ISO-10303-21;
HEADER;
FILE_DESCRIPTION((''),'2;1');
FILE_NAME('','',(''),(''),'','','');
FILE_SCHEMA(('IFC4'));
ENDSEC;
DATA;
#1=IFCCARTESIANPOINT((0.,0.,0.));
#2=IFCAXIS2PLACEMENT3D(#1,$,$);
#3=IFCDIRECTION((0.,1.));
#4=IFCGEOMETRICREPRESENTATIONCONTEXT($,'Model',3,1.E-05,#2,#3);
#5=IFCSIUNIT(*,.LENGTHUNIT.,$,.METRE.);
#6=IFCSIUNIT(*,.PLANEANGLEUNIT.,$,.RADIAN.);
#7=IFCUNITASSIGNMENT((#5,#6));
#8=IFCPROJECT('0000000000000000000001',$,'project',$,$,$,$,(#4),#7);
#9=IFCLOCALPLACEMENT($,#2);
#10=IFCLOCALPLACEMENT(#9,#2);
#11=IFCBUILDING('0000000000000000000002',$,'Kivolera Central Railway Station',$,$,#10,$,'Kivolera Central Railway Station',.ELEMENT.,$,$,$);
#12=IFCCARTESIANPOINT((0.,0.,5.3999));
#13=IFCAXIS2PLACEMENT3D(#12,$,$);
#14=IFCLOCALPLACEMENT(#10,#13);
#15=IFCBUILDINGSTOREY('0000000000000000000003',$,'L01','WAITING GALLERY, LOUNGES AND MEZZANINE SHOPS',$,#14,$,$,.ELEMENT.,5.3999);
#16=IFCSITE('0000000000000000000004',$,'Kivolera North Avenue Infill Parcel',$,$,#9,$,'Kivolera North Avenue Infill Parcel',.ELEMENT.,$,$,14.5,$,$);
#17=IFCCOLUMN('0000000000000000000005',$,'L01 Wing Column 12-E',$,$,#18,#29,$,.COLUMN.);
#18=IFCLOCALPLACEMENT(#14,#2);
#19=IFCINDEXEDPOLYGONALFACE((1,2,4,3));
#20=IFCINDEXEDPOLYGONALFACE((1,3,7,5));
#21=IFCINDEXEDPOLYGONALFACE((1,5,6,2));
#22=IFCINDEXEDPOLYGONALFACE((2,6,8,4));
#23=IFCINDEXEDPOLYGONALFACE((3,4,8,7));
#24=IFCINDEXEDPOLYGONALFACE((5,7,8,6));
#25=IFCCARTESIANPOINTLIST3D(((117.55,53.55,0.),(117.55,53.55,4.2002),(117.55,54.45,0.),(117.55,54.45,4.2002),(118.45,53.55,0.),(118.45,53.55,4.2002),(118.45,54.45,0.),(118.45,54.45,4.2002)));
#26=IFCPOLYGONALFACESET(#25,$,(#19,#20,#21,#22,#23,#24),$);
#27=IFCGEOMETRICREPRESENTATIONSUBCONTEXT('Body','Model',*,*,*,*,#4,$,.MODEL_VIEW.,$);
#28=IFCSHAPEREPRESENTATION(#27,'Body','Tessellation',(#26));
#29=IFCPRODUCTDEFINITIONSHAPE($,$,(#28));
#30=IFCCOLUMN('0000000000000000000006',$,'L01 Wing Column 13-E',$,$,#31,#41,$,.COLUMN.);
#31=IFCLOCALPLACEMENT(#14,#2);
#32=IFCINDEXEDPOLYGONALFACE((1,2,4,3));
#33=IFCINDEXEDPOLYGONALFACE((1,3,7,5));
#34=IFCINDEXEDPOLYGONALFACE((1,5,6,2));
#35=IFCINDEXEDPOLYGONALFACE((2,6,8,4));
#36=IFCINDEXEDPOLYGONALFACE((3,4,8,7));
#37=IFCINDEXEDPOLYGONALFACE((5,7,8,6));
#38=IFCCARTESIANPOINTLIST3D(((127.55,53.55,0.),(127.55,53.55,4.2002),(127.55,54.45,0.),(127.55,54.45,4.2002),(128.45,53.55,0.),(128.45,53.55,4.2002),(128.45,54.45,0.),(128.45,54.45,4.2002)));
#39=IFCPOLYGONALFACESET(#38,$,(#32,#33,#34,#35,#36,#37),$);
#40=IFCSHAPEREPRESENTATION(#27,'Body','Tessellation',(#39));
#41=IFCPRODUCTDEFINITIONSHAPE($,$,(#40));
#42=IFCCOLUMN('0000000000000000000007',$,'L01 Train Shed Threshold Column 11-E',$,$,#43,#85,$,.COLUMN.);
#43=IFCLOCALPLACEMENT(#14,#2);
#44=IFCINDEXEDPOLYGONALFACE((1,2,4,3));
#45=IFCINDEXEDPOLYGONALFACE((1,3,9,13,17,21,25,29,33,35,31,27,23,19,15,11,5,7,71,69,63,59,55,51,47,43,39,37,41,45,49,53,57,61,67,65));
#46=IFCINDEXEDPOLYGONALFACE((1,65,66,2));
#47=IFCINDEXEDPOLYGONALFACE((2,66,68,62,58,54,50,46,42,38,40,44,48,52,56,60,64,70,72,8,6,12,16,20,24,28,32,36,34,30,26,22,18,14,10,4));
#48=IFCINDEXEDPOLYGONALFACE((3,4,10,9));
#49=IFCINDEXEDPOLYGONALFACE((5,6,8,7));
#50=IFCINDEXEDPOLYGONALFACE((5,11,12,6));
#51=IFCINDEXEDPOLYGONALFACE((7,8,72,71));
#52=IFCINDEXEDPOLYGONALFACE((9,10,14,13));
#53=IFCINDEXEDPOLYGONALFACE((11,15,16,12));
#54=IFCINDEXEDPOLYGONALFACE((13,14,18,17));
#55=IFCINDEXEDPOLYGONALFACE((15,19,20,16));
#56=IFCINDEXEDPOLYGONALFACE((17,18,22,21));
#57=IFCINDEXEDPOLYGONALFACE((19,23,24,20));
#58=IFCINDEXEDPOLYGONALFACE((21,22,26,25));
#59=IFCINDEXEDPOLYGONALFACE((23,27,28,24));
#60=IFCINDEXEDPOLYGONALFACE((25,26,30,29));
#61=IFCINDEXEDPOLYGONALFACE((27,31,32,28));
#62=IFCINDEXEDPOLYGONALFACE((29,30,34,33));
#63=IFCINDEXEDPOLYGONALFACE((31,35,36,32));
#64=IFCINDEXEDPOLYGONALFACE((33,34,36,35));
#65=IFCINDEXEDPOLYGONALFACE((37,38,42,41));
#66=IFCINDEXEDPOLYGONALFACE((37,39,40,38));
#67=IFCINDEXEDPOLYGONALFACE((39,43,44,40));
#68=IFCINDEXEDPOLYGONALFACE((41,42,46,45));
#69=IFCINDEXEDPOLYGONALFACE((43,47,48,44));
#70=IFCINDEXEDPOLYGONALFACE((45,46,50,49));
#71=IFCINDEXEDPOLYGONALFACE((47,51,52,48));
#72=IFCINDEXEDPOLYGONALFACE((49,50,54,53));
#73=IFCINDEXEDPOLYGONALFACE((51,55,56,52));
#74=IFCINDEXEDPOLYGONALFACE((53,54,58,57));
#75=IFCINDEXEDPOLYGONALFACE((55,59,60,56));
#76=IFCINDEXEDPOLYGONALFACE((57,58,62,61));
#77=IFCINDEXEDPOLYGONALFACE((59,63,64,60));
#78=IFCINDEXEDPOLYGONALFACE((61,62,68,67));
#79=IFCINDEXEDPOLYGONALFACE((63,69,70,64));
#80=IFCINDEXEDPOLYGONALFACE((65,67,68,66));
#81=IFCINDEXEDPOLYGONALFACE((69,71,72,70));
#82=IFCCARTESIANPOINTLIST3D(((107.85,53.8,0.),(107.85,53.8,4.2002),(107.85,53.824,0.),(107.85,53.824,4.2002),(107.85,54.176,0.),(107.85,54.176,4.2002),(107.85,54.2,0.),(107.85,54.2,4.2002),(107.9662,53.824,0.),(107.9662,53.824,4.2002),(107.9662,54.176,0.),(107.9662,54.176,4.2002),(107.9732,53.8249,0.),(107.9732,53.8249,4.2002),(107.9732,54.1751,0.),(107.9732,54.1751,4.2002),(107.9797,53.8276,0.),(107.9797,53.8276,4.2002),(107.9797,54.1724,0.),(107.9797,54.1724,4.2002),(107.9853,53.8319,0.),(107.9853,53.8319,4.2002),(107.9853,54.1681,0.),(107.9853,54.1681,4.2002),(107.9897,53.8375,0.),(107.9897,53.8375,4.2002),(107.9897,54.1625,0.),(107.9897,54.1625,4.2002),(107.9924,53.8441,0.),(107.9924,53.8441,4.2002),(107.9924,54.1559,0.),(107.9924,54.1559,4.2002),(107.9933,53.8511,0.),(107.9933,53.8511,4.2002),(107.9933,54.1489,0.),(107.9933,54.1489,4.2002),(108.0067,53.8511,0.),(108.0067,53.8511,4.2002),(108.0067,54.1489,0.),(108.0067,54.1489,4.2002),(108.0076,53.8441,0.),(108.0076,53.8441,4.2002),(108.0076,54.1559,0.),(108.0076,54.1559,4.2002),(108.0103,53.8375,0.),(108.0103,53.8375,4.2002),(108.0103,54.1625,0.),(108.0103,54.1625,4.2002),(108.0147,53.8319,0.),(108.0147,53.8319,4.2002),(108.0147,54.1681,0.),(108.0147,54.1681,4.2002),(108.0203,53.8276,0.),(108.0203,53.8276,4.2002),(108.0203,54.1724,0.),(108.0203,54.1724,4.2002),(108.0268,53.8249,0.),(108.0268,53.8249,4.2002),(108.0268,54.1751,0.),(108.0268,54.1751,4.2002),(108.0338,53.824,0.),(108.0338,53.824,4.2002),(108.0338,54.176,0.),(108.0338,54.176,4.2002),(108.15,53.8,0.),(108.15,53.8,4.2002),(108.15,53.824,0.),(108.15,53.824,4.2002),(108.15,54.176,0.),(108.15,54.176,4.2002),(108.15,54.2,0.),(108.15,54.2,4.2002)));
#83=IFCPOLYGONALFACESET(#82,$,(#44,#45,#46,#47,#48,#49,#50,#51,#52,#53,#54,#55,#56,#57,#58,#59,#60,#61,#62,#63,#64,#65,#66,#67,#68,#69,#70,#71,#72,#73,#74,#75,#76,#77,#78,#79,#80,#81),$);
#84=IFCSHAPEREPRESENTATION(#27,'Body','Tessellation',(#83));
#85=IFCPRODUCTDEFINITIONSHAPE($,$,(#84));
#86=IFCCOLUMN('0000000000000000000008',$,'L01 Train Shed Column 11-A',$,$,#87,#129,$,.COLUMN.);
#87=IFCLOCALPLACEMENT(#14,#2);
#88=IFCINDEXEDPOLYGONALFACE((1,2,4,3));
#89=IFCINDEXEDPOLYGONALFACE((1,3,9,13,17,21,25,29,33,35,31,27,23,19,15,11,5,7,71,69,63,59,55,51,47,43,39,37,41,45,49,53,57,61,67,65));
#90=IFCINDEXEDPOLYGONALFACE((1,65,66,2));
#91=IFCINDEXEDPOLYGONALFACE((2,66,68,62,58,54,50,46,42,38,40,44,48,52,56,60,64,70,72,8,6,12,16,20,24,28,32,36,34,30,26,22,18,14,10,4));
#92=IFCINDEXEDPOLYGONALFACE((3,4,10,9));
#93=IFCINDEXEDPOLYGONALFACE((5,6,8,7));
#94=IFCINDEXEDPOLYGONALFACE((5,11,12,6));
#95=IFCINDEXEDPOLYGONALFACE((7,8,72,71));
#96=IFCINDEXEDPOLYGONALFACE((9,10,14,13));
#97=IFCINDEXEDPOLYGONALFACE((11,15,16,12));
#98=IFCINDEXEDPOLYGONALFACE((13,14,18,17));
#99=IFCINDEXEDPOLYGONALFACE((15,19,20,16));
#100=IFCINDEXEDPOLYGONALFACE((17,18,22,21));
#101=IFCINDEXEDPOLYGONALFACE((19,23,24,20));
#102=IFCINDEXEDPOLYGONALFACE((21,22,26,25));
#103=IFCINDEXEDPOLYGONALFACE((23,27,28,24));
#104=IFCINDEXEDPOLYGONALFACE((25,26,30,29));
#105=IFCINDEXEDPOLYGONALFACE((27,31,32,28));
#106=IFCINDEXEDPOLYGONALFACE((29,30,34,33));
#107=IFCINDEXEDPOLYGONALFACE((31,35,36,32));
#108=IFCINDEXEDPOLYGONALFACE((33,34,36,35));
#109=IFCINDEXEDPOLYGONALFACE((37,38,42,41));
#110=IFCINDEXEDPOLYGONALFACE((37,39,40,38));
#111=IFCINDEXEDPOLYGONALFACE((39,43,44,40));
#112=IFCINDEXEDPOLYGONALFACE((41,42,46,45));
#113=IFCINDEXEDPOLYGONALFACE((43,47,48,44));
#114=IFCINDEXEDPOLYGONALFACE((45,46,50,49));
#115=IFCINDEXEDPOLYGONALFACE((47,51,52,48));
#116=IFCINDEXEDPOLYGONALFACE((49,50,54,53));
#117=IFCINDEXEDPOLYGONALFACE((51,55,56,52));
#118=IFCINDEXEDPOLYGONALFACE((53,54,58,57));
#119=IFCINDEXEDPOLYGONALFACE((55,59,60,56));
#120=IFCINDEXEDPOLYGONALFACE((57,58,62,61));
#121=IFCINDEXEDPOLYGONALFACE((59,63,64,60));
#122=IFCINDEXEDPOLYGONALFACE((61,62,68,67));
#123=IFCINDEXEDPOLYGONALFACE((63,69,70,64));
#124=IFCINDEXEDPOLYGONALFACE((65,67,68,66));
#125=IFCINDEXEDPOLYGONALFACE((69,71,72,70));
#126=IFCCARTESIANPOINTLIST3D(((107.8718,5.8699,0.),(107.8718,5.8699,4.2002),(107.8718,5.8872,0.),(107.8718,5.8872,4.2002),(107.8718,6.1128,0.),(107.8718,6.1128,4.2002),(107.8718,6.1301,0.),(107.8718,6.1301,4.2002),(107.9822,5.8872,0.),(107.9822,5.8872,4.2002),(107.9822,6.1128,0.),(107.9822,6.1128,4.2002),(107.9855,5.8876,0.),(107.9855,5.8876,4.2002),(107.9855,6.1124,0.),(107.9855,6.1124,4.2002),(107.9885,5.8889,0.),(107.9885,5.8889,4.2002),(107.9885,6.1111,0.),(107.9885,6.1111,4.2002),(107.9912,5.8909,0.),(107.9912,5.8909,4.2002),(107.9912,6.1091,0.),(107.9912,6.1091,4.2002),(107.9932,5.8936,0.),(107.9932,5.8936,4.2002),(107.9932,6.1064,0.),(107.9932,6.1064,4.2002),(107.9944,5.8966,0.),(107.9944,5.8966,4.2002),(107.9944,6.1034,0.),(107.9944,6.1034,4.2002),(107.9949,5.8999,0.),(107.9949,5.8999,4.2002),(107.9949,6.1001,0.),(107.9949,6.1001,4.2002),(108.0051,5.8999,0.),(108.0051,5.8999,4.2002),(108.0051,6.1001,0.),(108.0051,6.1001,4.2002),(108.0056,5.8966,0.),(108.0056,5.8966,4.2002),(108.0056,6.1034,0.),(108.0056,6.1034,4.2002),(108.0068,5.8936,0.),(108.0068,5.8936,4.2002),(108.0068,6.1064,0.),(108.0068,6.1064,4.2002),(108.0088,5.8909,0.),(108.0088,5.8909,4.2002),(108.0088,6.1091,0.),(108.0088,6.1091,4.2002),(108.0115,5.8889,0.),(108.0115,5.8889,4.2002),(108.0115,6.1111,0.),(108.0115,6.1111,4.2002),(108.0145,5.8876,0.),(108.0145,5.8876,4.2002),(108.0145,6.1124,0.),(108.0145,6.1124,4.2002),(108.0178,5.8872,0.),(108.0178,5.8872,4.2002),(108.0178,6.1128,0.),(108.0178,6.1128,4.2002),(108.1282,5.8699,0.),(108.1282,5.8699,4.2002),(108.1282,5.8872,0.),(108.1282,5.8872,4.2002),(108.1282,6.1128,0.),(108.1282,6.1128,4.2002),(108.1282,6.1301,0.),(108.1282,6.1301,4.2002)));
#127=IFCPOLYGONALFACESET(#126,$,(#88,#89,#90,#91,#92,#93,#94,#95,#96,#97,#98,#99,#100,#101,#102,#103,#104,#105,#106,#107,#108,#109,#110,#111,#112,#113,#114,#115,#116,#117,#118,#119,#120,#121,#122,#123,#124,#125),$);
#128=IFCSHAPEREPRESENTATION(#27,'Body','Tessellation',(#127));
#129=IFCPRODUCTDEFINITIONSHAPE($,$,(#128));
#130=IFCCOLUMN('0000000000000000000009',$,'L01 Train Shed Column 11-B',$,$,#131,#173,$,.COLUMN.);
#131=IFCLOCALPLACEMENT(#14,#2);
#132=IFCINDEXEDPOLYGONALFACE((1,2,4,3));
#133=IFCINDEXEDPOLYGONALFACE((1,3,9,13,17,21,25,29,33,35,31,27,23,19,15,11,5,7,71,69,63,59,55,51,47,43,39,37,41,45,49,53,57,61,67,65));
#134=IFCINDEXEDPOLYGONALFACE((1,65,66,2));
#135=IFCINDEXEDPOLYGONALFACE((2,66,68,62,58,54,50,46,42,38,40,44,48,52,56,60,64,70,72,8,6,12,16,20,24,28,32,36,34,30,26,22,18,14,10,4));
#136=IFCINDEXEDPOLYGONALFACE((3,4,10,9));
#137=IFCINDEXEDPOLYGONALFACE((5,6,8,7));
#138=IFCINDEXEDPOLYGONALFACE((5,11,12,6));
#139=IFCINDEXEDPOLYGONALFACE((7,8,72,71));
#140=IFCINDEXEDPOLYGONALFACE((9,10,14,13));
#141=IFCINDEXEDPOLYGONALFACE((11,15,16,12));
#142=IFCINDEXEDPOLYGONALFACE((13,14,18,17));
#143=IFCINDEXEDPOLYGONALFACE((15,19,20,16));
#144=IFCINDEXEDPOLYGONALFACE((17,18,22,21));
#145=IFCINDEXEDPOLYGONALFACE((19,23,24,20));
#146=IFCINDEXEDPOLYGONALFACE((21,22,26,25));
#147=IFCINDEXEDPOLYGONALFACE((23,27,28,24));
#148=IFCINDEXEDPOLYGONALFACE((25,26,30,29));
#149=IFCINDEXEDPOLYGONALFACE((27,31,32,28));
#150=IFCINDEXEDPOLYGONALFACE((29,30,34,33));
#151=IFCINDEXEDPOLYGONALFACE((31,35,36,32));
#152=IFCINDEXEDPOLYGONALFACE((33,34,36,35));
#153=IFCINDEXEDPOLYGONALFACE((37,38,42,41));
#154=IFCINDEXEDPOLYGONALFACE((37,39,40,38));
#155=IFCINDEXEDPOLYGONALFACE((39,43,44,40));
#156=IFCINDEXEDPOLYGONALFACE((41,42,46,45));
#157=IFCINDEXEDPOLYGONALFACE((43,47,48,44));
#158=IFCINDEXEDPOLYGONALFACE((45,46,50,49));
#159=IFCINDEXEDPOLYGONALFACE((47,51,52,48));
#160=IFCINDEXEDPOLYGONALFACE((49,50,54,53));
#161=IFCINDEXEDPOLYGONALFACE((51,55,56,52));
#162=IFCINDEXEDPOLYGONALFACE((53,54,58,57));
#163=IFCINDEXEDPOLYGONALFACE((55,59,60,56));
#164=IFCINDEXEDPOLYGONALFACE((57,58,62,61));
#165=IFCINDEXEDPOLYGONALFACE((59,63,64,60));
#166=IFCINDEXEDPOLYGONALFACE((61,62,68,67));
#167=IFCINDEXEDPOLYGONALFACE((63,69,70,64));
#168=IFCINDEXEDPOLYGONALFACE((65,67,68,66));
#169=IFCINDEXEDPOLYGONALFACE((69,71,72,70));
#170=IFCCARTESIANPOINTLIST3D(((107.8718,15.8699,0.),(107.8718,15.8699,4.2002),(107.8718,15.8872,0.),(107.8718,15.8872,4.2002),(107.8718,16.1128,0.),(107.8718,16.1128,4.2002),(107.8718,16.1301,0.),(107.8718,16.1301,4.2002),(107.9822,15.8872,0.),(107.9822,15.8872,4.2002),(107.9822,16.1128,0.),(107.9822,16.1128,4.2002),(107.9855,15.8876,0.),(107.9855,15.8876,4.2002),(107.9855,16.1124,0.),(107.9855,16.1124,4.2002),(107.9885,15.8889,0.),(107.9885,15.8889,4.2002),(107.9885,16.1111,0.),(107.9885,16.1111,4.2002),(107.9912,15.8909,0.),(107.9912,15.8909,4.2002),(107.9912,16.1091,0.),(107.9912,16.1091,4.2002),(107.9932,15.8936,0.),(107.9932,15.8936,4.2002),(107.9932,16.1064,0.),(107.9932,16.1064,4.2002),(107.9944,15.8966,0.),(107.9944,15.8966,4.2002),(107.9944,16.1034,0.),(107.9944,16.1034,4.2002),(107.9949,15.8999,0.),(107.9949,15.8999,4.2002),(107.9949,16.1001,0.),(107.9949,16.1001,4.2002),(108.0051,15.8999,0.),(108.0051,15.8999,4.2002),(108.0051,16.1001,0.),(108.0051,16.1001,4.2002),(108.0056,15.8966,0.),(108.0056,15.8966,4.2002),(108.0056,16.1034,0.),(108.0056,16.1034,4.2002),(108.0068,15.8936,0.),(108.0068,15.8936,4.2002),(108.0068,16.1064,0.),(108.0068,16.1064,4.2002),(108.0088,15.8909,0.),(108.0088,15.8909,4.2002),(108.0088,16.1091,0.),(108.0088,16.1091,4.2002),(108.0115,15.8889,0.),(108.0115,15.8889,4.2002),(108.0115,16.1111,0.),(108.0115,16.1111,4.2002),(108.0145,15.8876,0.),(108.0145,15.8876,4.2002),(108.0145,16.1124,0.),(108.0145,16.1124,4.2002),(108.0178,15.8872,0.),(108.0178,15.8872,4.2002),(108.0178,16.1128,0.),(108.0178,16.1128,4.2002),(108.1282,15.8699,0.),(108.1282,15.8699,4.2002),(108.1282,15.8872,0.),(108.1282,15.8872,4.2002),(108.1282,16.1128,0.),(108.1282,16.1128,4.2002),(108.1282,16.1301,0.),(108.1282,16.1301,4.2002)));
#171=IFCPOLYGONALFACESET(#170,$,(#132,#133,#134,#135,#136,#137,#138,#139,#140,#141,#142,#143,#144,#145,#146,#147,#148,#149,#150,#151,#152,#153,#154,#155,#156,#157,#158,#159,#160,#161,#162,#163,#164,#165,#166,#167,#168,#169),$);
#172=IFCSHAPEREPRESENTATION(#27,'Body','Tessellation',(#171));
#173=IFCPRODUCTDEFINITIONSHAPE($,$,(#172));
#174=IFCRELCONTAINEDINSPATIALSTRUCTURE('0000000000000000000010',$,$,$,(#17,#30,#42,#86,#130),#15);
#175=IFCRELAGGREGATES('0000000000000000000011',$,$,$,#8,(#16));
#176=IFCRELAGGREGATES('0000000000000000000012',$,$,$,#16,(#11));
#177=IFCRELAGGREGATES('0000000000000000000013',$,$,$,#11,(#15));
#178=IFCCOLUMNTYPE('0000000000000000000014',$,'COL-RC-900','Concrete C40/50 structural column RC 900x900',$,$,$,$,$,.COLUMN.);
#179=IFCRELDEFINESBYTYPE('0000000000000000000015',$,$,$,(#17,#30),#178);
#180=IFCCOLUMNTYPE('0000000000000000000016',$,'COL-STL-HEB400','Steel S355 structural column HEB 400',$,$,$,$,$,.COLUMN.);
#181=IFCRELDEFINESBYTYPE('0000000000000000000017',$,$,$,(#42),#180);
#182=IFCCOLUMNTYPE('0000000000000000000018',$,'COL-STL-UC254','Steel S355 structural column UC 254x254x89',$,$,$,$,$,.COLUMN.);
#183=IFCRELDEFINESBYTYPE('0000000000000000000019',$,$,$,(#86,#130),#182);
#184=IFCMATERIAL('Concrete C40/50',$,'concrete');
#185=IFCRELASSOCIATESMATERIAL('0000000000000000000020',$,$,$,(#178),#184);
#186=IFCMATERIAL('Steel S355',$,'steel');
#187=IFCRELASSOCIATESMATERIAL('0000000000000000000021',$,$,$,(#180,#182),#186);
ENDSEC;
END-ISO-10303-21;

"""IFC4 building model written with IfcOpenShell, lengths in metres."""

from ifc_helpers import new_model, si_unit, direction, frame, origin, origin_2d, place, context, subcontext, project, spatial, rectangle, i_section, extrude, material, material_profile, profile_set, type_object, element, save


model = new_model("IFC4")

# Units and contexts
model_context = context("Model", 3, precision=1e-05, world=origin(), true_north=direction((0.0, 1.0)))
body_context = subcontext(model_context, "Body", "Model", "MODEL_VIEW")
ifc_project = project(units=[si_unit("LENGTHUNIT", "METRE"), si_unit("PLANEANGLEUNIT", "RADIAN")], contexts=[model_context])

# Site, building, storey
site_placement = place(None, origin())
site = spatial("IfcSite", under=ifc_project, at=site_placement, Name="Kivolera North Avenue Infill Parcel", LongName="Kivolera North Avenue Infill Parcel", CompositionType="ELEMENT", RefElevation=14.5)
building_placement = place(site_placement, origin())
building = spatial("IfcBuilding", under=site, at=building_placement, Name="Kivolera Central Railway Station", LongName="Kivolera Central Railway Station", CompositionType="ELEMENT")
storey_placement = place(building_placement, frame((0.0, 0.0, 5.3999)))
storey = spatial("IfcBuildingStorey", under=building, at=storey_placement, Name="L01", Description="WAITING GALLERY, LOUNGES AND MEZZANINE SHOPS", CompositionType="ELEMENT", Elevation=5.3999)

# Columns
ifc_material_1 = material(Name="Concrete C40/50", Category="concrete")
ifc_material_profile_1 = material_profile(ifc_material_1, rectangle(XDim=0.8999, YDim=0.8999, at=origin_2d()), Name="RC 900x900")
ifc_profile_set_1 = profile_set([ifc_material_profile_1], Name="Concrete C40/50")
column_type_1 = type_object("IfcColumnType", Name="COL-RC-900", Description="Concrete C40/50 structural column RC 900x900", PredefinedType="COLUMN", material=ifc_profile_set_1)
for number, where, z_axis, x_axis, name in (
    (1, (118.0, 54.0, 0.0), (0.0, 0.0, 1.0), (1.0, 0.0, 0.0), "L01 Wing Column 12-E"),
    (2, (128.0, 54.0, 0.0), (0.0, 0.0, 1.0), (1.0, 0.0, 0.0), "L01 Wing Column 13-E"),
):
    element("IfcColumn", number, at=place(storey_placement, frame(where, z_axis=z_axis, x_axis=x_axis)), inside=storey, type_object=column_type_1, Name=name, PredefinedType="COLUMN", context=body_context, shape_type="SweptSolid", body=[
        extrude(rectangle(XDim=0.8999, YDim=0.8999, at=origin_2d()), origin(), (0.0, 0.0, 1.0), 4.2002),
    ])
ifc_material_2 = material(Name="Steel S355", Category="steel")
ifc_material_profile_2 = material_profile(ifc_material_2, i_section(OverallWidth=0.3, OverallDepth=0.3999, WebThickness=0.0134, FlangeThickness=0.0239, FilletRadius=0.0271, at=origin_2d()), Name="HEB 400")
ifc_profile_set_2 = profile_set([ifc_material_profile_2], Name="Steel S355")
column_type_2 = type_object("IfcColumnType", Name="COL-STL-HEB400", Description="Steel S355 structural column HEB 400", PredefinedType="COLUMN", material=ifc_profile_set_2)
column_placement = place(storey_placement, frame((108.0, 54.0, 0.0), z_axis=(0.0, 0.0, 1.0), x_axis=(1.0, 0.0, 0.0)))
element("IfcColumn", 3, at=column_placement, inside=storey, type_object=column_type_2, Name="L01 Train Shed Threshold Column 11-E", PredefinedType="COLUMN", context=body_context, shape_type="SweptSolid", body=[
    extrude(i_section(OverallWidth=0.3, OverallDepth=0.3999, WebThickness=0.0134, FlangeThickness=0.0239, FilletRadius=0.0271, at=origin_2d()), origin(), (0.0, 0.0, 1.0), 4.2002),
])
ifc_material_profile_3 = material_profile(ifc_material_2, i_section(OverallWidth=0.2563, OverallDepth=0.2603, WebThickness=0.0103, FlangeThickness=0.0173, FilletRadius=0.0127, at=origin_2d()), Name="UC 254x254x89")
ifc_profile_set_3 = profile_set([ifc_material_profile_3], Name="Steel S355")
column_type_3 = type_object("IfcColumnType", Name="COL-STL-UC254", Description="Steel S355 structural column UC 254x254x89", PredefinedType="COLUMN", material=ifc_profile_set_3)
for number, where, z_axis, x_axis, name in (
    (4, (108.0, 6.0, 0.0), (0.0, 0.0, 1.0), (1.0, 0.0, 0.0), "L01 Train Shed Column 11-A"),
    (5, (108.0, 16.0, 0.0), (0.0, 0.0, 1.0), (1.0, 0.0, 0.0), "L01 Train Shed Column 11-B"),
):
    element("IfcColumn", number, at=place(storey_placement, frame(where, z_axis=z_axis, x_axis=x_axis)), inside=storey, type_object=column_type_3, Name=name, PredefinedType="COLUMN", context=body_context, shape_type="SweptSolid", body=[
        extrude(i_section(OverallWidth=0.2563, OverallDepth=0.2603, WebThickness=0.0103, FlangeThickness=0.0173, FilletRadius=0.0127, at=origin_2d()), origin(), (0.0, 0.0, 1.0), 4.2002),
    ])

save(model, "model.ifc")
